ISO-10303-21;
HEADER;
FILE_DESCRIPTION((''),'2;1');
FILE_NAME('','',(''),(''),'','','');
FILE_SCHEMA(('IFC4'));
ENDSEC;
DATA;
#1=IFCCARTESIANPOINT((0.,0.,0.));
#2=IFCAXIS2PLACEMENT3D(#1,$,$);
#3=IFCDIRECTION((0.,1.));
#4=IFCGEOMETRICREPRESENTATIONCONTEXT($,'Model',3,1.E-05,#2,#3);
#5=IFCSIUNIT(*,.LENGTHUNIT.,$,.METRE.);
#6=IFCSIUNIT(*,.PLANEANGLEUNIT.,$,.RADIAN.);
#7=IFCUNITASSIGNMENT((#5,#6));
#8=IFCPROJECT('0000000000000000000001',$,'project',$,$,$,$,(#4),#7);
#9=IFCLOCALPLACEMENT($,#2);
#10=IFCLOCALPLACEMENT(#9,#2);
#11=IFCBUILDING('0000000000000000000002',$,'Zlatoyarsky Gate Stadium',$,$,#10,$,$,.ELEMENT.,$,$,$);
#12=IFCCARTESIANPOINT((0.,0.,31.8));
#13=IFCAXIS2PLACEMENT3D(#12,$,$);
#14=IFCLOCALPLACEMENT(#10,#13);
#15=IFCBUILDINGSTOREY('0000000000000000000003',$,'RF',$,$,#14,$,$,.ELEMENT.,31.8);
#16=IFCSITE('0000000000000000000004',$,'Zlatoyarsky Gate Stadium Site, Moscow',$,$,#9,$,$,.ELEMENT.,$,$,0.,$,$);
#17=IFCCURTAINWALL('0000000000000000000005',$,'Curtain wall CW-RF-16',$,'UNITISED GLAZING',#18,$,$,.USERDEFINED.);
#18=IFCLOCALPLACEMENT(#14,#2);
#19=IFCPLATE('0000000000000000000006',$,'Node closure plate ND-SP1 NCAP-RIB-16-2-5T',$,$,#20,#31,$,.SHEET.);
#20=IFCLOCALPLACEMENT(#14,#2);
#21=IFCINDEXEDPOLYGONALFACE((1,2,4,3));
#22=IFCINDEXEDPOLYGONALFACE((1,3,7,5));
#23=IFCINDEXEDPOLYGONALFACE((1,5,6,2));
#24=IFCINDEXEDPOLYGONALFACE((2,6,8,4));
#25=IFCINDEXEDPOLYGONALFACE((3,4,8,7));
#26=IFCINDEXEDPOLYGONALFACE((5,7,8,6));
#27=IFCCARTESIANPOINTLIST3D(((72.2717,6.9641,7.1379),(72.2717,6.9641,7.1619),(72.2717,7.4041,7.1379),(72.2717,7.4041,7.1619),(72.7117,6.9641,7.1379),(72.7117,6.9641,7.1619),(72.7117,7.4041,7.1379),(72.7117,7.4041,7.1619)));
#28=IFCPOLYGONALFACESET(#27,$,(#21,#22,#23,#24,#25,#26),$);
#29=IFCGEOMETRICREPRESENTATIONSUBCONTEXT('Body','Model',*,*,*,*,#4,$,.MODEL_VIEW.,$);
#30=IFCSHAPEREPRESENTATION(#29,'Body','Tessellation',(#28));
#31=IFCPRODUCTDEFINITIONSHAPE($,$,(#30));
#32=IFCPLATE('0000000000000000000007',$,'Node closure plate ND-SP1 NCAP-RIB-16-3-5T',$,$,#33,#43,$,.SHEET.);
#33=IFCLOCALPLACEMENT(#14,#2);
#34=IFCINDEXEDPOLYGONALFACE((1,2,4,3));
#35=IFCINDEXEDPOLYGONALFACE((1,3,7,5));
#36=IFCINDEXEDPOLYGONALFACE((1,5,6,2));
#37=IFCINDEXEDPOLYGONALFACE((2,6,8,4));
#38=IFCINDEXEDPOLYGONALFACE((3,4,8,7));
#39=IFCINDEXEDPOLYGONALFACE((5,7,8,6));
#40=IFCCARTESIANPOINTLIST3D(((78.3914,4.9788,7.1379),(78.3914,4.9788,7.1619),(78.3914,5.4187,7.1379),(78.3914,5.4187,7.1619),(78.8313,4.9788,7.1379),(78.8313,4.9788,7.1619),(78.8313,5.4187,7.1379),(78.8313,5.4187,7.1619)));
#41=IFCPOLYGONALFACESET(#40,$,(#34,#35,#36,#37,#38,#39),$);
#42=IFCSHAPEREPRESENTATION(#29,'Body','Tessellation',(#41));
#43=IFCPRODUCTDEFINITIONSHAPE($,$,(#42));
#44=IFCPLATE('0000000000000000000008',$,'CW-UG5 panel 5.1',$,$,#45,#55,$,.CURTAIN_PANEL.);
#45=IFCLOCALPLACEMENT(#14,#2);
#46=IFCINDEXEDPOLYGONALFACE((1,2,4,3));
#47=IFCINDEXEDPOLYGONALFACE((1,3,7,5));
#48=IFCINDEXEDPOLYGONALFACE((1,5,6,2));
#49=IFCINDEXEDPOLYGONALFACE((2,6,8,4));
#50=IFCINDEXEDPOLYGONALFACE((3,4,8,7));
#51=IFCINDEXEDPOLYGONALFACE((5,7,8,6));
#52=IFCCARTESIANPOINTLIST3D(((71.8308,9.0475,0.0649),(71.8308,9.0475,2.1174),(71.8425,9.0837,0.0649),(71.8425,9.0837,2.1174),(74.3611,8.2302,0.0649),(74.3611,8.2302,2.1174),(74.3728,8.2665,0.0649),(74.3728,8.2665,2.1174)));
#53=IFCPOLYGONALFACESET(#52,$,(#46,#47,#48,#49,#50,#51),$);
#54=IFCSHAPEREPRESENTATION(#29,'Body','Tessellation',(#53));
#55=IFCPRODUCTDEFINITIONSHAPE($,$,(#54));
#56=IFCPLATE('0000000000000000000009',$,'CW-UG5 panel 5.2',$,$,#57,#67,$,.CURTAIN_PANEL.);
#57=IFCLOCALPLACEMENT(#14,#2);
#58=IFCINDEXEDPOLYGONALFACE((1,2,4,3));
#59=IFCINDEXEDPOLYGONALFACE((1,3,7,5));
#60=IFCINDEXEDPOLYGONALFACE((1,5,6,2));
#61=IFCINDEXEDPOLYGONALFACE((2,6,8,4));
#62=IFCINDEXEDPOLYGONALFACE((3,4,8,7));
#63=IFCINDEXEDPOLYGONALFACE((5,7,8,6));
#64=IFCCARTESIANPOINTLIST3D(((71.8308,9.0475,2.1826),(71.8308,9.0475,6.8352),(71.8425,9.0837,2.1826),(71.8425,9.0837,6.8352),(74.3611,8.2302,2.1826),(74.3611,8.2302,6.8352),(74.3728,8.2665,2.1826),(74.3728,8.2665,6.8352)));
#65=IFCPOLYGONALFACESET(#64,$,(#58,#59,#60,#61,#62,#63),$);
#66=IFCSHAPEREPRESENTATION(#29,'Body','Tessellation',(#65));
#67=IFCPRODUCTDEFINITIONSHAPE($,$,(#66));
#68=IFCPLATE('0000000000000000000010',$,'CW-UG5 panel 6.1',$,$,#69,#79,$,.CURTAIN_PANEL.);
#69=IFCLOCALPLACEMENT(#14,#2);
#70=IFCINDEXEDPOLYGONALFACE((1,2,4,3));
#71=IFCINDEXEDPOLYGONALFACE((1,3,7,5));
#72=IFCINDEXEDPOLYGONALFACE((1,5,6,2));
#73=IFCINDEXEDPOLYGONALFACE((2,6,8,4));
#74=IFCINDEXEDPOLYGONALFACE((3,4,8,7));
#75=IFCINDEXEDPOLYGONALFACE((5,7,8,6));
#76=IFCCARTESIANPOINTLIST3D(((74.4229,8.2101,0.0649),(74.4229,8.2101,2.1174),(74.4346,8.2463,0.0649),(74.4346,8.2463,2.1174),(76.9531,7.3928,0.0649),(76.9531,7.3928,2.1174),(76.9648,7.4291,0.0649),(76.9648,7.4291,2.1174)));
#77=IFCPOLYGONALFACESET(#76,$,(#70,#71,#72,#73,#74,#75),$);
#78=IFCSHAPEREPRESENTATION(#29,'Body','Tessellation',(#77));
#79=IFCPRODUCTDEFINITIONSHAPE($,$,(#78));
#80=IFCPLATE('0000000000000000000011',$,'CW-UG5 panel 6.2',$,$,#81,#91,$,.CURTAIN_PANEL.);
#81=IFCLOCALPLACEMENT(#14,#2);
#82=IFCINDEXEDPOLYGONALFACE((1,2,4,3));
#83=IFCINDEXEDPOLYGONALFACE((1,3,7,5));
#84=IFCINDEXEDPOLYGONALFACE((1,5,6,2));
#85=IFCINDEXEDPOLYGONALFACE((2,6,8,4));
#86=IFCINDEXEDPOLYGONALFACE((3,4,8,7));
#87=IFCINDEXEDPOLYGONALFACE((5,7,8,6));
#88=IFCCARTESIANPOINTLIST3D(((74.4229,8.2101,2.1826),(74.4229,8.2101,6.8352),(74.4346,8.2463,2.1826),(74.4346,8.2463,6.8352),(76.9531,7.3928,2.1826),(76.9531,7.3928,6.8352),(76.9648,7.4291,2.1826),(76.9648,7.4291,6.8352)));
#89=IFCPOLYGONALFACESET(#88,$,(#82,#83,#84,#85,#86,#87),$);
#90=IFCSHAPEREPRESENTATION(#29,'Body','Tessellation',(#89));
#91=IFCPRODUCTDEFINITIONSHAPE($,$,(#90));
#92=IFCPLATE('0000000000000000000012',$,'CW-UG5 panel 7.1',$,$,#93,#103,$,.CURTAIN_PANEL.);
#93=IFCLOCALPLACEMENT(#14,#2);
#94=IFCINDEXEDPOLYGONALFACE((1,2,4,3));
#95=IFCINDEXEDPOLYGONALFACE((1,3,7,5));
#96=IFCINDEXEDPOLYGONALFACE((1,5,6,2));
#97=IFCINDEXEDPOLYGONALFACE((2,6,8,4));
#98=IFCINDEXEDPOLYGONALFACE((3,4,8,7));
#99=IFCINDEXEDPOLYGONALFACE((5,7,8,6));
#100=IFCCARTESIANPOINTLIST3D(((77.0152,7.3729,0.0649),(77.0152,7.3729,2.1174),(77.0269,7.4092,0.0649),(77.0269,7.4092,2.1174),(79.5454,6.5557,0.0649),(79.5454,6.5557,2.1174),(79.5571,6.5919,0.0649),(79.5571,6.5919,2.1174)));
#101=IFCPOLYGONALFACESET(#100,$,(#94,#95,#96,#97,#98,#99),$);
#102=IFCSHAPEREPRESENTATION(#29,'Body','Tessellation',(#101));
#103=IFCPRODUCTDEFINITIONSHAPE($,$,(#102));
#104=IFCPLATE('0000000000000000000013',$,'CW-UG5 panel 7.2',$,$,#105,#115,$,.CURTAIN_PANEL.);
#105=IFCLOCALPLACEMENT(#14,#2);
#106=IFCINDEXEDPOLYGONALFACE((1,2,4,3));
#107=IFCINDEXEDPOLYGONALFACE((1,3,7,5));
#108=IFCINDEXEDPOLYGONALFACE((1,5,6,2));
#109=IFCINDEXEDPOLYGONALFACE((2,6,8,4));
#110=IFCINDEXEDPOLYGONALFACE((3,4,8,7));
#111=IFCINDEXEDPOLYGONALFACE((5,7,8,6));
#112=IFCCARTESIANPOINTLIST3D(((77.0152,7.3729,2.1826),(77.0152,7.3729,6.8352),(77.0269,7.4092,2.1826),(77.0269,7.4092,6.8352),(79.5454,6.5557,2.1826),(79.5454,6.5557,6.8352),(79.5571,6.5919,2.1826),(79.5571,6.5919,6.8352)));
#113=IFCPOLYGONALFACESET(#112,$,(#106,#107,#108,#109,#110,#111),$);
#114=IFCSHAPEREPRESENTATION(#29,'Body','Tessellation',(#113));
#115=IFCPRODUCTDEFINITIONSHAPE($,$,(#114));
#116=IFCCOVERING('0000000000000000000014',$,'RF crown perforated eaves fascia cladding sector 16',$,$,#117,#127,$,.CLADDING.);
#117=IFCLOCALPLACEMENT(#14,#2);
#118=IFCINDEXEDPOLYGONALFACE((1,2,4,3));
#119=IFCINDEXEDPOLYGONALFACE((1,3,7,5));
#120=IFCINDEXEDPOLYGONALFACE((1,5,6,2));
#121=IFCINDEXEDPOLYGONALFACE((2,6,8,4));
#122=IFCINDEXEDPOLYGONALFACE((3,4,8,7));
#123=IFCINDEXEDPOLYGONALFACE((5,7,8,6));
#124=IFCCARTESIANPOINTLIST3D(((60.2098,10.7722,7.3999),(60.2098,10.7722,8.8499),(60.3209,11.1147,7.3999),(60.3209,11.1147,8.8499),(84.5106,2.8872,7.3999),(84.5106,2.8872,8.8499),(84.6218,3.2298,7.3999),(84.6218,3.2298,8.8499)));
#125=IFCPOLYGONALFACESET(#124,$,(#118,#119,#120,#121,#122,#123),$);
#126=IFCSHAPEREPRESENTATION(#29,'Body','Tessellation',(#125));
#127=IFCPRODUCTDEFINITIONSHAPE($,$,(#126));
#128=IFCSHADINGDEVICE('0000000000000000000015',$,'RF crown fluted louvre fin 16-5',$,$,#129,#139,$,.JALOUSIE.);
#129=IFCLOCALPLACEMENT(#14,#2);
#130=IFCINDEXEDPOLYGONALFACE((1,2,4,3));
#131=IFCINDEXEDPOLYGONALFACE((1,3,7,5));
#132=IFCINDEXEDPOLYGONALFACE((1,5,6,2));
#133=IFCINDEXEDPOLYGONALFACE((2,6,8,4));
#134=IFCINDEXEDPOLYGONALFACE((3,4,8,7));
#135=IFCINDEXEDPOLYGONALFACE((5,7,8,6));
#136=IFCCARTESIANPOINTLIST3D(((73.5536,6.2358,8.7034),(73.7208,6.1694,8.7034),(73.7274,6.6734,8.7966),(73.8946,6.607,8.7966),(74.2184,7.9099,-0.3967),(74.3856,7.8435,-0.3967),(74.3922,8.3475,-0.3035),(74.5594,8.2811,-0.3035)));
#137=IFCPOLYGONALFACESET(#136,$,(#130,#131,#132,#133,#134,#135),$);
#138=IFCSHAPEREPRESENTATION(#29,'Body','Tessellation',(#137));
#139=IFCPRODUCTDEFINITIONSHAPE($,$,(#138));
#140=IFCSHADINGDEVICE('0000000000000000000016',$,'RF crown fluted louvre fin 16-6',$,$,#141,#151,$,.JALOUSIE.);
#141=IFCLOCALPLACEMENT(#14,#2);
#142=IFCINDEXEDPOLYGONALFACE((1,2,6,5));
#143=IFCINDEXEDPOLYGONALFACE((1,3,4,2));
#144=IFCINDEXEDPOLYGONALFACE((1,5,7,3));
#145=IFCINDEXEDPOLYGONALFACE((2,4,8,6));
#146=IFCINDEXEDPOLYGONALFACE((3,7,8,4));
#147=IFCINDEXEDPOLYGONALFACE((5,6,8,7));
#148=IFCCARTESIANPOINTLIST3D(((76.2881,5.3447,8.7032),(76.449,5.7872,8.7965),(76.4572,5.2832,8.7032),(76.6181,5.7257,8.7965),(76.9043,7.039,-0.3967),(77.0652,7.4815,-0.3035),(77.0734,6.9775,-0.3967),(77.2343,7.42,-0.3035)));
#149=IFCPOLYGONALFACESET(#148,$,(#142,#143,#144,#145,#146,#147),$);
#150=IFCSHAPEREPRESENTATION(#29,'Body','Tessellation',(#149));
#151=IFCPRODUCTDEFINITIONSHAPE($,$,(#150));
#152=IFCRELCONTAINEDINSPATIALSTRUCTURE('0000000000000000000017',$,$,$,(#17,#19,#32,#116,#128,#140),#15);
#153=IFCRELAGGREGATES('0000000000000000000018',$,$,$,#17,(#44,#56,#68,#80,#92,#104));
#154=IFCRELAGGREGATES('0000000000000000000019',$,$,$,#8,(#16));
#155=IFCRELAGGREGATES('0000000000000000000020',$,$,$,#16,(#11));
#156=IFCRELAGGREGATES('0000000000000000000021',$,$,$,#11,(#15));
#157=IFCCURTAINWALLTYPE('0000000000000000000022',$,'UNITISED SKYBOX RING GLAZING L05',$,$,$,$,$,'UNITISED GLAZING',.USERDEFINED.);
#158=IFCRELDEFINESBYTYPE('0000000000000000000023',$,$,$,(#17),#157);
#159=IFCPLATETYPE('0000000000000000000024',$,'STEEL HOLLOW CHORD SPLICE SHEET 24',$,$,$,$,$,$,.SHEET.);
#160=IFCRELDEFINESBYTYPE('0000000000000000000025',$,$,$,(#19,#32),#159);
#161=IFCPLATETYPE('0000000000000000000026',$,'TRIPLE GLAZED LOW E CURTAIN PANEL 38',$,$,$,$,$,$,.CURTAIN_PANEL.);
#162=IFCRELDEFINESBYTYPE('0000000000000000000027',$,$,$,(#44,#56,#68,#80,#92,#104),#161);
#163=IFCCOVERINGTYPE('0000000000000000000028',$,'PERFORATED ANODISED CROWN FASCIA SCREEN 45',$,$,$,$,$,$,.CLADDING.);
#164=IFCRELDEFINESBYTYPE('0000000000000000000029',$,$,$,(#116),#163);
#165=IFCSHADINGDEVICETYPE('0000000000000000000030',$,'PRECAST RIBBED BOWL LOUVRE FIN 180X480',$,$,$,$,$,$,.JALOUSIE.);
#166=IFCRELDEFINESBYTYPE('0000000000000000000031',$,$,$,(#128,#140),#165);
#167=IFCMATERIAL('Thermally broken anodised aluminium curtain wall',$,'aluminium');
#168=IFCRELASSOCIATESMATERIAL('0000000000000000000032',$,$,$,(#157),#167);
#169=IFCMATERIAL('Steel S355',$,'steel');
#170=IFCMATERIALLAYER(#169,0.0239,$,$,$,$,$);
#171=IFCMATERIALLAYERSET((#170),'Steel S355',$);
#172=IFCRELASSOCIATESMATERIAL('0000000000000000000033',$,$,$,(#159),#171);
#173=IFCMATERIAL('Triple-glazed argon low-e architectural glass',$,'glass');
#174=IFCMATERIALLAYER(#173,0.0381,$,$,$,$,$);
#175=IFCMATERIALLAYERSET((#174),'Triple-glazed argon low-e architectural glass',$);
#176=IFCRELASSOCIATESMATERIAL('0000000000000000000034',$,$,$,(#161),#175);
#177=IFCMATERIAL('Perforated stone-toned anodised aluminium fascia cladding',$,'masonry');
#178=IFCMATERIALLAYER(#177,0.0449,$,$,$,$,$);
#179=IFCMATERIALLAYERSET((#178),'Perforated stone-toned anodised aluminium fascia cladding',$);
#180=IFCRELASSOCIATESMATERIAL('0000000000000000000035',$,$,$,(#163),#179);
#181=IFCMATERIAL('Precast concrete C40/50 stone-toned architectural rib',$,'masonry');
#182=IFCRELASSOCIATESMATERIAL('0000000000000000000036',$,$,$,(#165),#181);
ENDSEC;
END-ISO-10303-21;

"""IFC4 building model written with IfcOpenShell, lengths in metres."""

from ifc_helpers import new_model, si_unit, direction, frame, origin, origin_2d, place, context, subcontext, project, spatial, rectangle, extrude, material, layer, layer_set, material_profile, profile_set, type_object, element, aggregate, save


model = new_model("IFC4")

# Units and contexts
model_context = context("Model", 3, precision=1e-05, world=origin(), true_north=direction((0.0, 1.0)))
body_context = subcontext(model_context, "Body", "Model", "MODEL_VIEW")
ifc_project = project(units=[si_unit("LENGTHUNIT", "METRE"), si_unit("PLANEANGLEUNIT", "RADIAN")], contexts=[model_context])

# Site, building, storey
site_placement = place(None, origin())
site = spatial("IfcSite", under=ifc_project, at=site_placement, Name="Zlatoyarsky Gate Stadium Site, Moscow", CompositionType="ELEMENT", RefElevation=0.0)
building_placement = place(site_placement, origin())
building = spatial("IfcBuilding", under=site, at=building_placement, Name="Zlatoyarsky Gate Stadium", CompositionType="ELEMENT")
storey_placement = place(building_placement, frame((0.0, 0.0, 31.8)))
storey = spatial("IfcBuildingStorey", under=building, at=storey_placement, Name="RF", CompositionType="ELEMENT", Elevation=31.8)

# Curtain wall
ifc_material_1 = material(Name="Thermally broken anodised aluminium curtain wall", Category="aluminium")
curtain_wall_type = type_object("IfcCurtainWallType", Name="UNITISED SKYBOX RING GLAZING L05", ElementType="UNITISED GLAZING", PredefinedType="USERDEFINED", material=ifc_material_1)
curtain_wall_placement = place(storey_placement, origin())
curtain_wall = element("IfcCurtainWall", 1, at=curtain_wall_placement, inside=storey, type_object=curtain_wall_type, Name="Curtain wall CW-RF-16", ObjectType="UNITISED GLAZING", PredefinedType="USERDEFINED")

# Shared definitions
ifc_material_2 = material(Name="Steel S355", Category="steel")

# Plates
ifc_layer_1 = layer(ifc_material_2, 0.0239)
ifc_layer_set_1 = layer_set([ifc_layer_1], Name="Steel S355")
plate_type_1 = type_object("IfcPlateType", Name="STEEL HOLLOW CHORD SPLICE SHEET 24", PredefinedType="SHEET", material=ifc_layer_set_1)
for number, where, z_axis, x_axis, name in (
    (2, (72.4917, 7.1841, 7.1379), (0.0, 0.0, 1.0), (1.0, 0.0, 0.0), "Node closure plate ND-SP1 NCAP-RIB-16-2-5T"),
    (3, (78.6113, 5.1987, 7.1379), (0.0, 0.0, 1.0), (1.0, 0.0, 0.0), "Node closure plate ND-SP1 NCAP-RIB-16-3-5T"),
):
    element("IfcPlate", number, at=place(storey_placement, frame(where, z_axis=z_axis, x_axis=x_axis)), inside=storey, type_object=plate_type_1, Name=name, PredefinedType="SHEET", context=body_context, shape_type="SweptSolid", body=[
        extrude(rectangle(XDim=0.4399, YDim=0.4399, at=origin_2d()), origin(), (0.0, 0.0, 1.0), 0.0239),
    ])

# Plates
ifc_material_3 = material(Name="Triple-glazed argon low-e architectural glass", Category="glass")
ifc_layer_2 = layer(ifc_material_3, 0.0381)
ifc_layer_set_2 = layer_set([ifc_layer_2], Name="Triple-glazed argon low-e architectural glass")
plate_type_2 = type_object("IfcPlateType", Name="TRIPLE GLAZED LOW E CURTAIN PANEL 38", PredefinedType="CURTAIN_PANEL", material=ifc_layer_set_2)
plate_1_placement = place(storey_placement, frame((73.1018, 8.657, 0.0649), z_axis=(0.0, 0.0, 1.0), x_axis=(0.951596, -0.307352, 0.0)))
plate_1 = element("IfcPlate", 4, at=plate_1_placement, type_object=plate_type_2, Name="CW-UG5 panel 5.1", PredefinedType="CURTAIN_PANEL", context=body_context, shape_type="SweptSolid", body=[
    extrude(rectangle(XDim=2.6589, YDim=0.0381, at=origin_2d()), origin(), (0.0, 0.0, 1.0), 2.0525),
])
plate_2_placement = place(storey_placement, frame((73.1018, 8.657, 2.1826), z_axis=(0.0, 0.0, 1.0), x_axis=(0.951596, -0.307352, 0.0)))
plate_2 = element("IfcPlate", 5, at=plate_2_placement, type_object=plate_type_2, Name="CW-UG5 panel 5.2", PredefinedType="CURTAIN_PANEL", context=body_context, shape_type="SweptSolid", body=[
    extrude(rectangle(XDim=2.6589, YDim=0.0381, at=origin_2d()), origin(), (0.0, 0.0, 1.0), 4.6526),
])
plate_3_placement = place(storey_placement, frame((75.6938, 7.8196, 0.0649), z_axis=(0.0, 0.0, 1.0), x_axis=(0.951596, -0.307352, 0.0)))
plate_3 = element("IfcPlate", 6, at=plate_3_placement, type_object=plate_type_2, Name="CW-UG5 panel 6.1", PredefinedType="CURTAIN_PANEL", context=body_context, shape_type="SweptSolid", body=[
    extrude(rectangle(XDim=2.6589, YDim=0.0381, at=origin_2d()), origin(), (0.0, 0.0, 1.0), 2.0525),
])
plate_4_placement = place(storey_placement, frame((75.6938, 7.8196, 2.1826), z_axis=(0.0, 0.0, 1.0), x_axis=(0.951596, -0.307352, 0.0)))
plate_4 = element("IfcPlate", 7, at=plate_4_placement, type_object=plate_type_2, Name="CW-UG5 panel 6.2", PredefinedType="CURTAIN_PANEL", context=body_context, shape_type="SweptSolid", body=[
    extrude(rectangle(XDim=2.6589, YDim=0.0381, at=origin_2d()), origin(), (0.0, 0.0, 1.0), 4.6526),
])
plate_5_placement = place(storey_placement, frame((78.2861, 6.9824, 0.0649), z_axis=(0.0, 0.0, 1.0), x_axis=(0.951596, -0.307352, 0.0)))
plate_5 = element("IfcPlate", 8, at=plate_5_placement, type_object=plate_type_2, Name="CW-UG5 panel 7.1", PredefinedType="CURTAIN_PANEL", context=body_context, shape_type="SweptSolid", body=[
    extrude(rectangle(XDim=2.6589, YDim=0.0381, at=origin_2d()), origin(), (0.0, 0.0, 1.0), 2.0525),
])
plate_6_placement = place(storey_placement, frame((78.2861, 6.9824, 2.1826), z_axis=(0.0, 0.0, 1.0), x_axis=(0.951596, -0.307352, 0.0)))
plate_6 = element("IfcPlate", 9, at=plate_6_placement, type_object=plate_type_2, Name="CW-UG5 panel 7.2", PredefinedType="CURTAIN_PANEL", context=body_context, shape_type="SweptSolid", body=[
    extrude(rectangle(XDim=2.6589, YDim=0.0381, at=origin_2d()), origin(), (0.0, 0.0, 1.0), 4.6526),
])
aggregate(curtain_wall, [plate_1, plate_2, plate_3, plate_4, plate_5, plate_6])

# Covering
ifc_material_4 = material(Name="Perforated stone-toned anodised aluminium fascia cladding", Category="masonry")
ifc_layer_3 = layer(ifc_material_4, 0.0449)
ifc_layer_set_3 = layer_set([ifc_layer_3], Name="Perforated stone-toned anodised aluminium fascia cladding")
covering_type = type_object("IfcCoveringType", Name="PERFORATED ANODISED CROWN FASCIA SCREEN 45", PredefinedType="CLADDING", material=ifc_layer_set_3)
covering_placement = place(storey_placement, frame((72.4158, 7.001, 7.3999), z_axis=(0.0, 0.0, 1.0), x_axis=(0.951181, -0.308633, 0.0)))
element("IfcCovering", 10, at=covering_placement, inside=storey, type_object=covering_type, Name="RF crown perforated eaves fascia cladding sector 16", PredefinedType="CLADDING", context=body_context, shape_type="SweptSolid", body=[
    extrude(rectangle(XDim=25.5481, YDim=0.3601, at=origin_2d()), origin(), (0.0, 0.0, 1.0), 1.45),
])

# Shading devices
ifc_material_5 = material(Name="Precast concrete C40/50 stone-toned architectural rib", Category="masonry")
ifc_material_profile_1 = material_profile(ifc_material_5, rectangle(XDim=0.1799, YDim=0.48, at=origin_2d()), Name="RIB 180X480")
ifc_profile_set_1 = profile_set([ifc_material_profile_1], Name="Precast concrete C40/50 stone-toned architectural rib")
shading_device_type = type_object("IfcShadingDeviceType", Name="PRECAST RIBBED BOWL LOUVRE FIN 180X480", PredefinedType="JALOUSIE", material=ifc_profile_set_1)
shading_device_1_placement = place(storey_placement, frame((74.3889, 8.0955, -0.3501), z_axis=(-0.071663, -0.180461, 0.980968), x_axis=(0.929399, -0.369076, 0.0)))
element("IfcShadingDevice", 11, at=shading_device_1_placement, inside=storey, type_object=shading_device_type, Name="RF crown fluted louvre fin 16-5", PredefinedType="JALOUSIE", context=body_context, shape_type="SweptSolid", body=[
    extrude(rectangle(XDim=0.1799, YDim=0.48, at=origin_2d()), origin(), (0.0, 0.0, 1.0), 9.2766),
])
shading_device_2_placement = place(storey_placement, frame((77.0693, 7.2295, -0.3501), z_axis=(-0.066424, -0.182639, 0.980934), x_axis=(0.939778, -0.341787, 0.0)))
element("IfcShadingDevice", 12, at=shading_device_2_placement, inside=storey, type_object=shading_device_type, Name="RF crown fluted louvre fin 16-6", PredefinedType="JALOUSIE", context=body_context, shape_type="SweptSolid", body=[
    extrude(rectangle(XDim=0.1799, YDim=0.48, at=origin_2d()), origin(), (0.0, 0.0, 1.0), 9.2769),
])

save(model, "model.ifc")
